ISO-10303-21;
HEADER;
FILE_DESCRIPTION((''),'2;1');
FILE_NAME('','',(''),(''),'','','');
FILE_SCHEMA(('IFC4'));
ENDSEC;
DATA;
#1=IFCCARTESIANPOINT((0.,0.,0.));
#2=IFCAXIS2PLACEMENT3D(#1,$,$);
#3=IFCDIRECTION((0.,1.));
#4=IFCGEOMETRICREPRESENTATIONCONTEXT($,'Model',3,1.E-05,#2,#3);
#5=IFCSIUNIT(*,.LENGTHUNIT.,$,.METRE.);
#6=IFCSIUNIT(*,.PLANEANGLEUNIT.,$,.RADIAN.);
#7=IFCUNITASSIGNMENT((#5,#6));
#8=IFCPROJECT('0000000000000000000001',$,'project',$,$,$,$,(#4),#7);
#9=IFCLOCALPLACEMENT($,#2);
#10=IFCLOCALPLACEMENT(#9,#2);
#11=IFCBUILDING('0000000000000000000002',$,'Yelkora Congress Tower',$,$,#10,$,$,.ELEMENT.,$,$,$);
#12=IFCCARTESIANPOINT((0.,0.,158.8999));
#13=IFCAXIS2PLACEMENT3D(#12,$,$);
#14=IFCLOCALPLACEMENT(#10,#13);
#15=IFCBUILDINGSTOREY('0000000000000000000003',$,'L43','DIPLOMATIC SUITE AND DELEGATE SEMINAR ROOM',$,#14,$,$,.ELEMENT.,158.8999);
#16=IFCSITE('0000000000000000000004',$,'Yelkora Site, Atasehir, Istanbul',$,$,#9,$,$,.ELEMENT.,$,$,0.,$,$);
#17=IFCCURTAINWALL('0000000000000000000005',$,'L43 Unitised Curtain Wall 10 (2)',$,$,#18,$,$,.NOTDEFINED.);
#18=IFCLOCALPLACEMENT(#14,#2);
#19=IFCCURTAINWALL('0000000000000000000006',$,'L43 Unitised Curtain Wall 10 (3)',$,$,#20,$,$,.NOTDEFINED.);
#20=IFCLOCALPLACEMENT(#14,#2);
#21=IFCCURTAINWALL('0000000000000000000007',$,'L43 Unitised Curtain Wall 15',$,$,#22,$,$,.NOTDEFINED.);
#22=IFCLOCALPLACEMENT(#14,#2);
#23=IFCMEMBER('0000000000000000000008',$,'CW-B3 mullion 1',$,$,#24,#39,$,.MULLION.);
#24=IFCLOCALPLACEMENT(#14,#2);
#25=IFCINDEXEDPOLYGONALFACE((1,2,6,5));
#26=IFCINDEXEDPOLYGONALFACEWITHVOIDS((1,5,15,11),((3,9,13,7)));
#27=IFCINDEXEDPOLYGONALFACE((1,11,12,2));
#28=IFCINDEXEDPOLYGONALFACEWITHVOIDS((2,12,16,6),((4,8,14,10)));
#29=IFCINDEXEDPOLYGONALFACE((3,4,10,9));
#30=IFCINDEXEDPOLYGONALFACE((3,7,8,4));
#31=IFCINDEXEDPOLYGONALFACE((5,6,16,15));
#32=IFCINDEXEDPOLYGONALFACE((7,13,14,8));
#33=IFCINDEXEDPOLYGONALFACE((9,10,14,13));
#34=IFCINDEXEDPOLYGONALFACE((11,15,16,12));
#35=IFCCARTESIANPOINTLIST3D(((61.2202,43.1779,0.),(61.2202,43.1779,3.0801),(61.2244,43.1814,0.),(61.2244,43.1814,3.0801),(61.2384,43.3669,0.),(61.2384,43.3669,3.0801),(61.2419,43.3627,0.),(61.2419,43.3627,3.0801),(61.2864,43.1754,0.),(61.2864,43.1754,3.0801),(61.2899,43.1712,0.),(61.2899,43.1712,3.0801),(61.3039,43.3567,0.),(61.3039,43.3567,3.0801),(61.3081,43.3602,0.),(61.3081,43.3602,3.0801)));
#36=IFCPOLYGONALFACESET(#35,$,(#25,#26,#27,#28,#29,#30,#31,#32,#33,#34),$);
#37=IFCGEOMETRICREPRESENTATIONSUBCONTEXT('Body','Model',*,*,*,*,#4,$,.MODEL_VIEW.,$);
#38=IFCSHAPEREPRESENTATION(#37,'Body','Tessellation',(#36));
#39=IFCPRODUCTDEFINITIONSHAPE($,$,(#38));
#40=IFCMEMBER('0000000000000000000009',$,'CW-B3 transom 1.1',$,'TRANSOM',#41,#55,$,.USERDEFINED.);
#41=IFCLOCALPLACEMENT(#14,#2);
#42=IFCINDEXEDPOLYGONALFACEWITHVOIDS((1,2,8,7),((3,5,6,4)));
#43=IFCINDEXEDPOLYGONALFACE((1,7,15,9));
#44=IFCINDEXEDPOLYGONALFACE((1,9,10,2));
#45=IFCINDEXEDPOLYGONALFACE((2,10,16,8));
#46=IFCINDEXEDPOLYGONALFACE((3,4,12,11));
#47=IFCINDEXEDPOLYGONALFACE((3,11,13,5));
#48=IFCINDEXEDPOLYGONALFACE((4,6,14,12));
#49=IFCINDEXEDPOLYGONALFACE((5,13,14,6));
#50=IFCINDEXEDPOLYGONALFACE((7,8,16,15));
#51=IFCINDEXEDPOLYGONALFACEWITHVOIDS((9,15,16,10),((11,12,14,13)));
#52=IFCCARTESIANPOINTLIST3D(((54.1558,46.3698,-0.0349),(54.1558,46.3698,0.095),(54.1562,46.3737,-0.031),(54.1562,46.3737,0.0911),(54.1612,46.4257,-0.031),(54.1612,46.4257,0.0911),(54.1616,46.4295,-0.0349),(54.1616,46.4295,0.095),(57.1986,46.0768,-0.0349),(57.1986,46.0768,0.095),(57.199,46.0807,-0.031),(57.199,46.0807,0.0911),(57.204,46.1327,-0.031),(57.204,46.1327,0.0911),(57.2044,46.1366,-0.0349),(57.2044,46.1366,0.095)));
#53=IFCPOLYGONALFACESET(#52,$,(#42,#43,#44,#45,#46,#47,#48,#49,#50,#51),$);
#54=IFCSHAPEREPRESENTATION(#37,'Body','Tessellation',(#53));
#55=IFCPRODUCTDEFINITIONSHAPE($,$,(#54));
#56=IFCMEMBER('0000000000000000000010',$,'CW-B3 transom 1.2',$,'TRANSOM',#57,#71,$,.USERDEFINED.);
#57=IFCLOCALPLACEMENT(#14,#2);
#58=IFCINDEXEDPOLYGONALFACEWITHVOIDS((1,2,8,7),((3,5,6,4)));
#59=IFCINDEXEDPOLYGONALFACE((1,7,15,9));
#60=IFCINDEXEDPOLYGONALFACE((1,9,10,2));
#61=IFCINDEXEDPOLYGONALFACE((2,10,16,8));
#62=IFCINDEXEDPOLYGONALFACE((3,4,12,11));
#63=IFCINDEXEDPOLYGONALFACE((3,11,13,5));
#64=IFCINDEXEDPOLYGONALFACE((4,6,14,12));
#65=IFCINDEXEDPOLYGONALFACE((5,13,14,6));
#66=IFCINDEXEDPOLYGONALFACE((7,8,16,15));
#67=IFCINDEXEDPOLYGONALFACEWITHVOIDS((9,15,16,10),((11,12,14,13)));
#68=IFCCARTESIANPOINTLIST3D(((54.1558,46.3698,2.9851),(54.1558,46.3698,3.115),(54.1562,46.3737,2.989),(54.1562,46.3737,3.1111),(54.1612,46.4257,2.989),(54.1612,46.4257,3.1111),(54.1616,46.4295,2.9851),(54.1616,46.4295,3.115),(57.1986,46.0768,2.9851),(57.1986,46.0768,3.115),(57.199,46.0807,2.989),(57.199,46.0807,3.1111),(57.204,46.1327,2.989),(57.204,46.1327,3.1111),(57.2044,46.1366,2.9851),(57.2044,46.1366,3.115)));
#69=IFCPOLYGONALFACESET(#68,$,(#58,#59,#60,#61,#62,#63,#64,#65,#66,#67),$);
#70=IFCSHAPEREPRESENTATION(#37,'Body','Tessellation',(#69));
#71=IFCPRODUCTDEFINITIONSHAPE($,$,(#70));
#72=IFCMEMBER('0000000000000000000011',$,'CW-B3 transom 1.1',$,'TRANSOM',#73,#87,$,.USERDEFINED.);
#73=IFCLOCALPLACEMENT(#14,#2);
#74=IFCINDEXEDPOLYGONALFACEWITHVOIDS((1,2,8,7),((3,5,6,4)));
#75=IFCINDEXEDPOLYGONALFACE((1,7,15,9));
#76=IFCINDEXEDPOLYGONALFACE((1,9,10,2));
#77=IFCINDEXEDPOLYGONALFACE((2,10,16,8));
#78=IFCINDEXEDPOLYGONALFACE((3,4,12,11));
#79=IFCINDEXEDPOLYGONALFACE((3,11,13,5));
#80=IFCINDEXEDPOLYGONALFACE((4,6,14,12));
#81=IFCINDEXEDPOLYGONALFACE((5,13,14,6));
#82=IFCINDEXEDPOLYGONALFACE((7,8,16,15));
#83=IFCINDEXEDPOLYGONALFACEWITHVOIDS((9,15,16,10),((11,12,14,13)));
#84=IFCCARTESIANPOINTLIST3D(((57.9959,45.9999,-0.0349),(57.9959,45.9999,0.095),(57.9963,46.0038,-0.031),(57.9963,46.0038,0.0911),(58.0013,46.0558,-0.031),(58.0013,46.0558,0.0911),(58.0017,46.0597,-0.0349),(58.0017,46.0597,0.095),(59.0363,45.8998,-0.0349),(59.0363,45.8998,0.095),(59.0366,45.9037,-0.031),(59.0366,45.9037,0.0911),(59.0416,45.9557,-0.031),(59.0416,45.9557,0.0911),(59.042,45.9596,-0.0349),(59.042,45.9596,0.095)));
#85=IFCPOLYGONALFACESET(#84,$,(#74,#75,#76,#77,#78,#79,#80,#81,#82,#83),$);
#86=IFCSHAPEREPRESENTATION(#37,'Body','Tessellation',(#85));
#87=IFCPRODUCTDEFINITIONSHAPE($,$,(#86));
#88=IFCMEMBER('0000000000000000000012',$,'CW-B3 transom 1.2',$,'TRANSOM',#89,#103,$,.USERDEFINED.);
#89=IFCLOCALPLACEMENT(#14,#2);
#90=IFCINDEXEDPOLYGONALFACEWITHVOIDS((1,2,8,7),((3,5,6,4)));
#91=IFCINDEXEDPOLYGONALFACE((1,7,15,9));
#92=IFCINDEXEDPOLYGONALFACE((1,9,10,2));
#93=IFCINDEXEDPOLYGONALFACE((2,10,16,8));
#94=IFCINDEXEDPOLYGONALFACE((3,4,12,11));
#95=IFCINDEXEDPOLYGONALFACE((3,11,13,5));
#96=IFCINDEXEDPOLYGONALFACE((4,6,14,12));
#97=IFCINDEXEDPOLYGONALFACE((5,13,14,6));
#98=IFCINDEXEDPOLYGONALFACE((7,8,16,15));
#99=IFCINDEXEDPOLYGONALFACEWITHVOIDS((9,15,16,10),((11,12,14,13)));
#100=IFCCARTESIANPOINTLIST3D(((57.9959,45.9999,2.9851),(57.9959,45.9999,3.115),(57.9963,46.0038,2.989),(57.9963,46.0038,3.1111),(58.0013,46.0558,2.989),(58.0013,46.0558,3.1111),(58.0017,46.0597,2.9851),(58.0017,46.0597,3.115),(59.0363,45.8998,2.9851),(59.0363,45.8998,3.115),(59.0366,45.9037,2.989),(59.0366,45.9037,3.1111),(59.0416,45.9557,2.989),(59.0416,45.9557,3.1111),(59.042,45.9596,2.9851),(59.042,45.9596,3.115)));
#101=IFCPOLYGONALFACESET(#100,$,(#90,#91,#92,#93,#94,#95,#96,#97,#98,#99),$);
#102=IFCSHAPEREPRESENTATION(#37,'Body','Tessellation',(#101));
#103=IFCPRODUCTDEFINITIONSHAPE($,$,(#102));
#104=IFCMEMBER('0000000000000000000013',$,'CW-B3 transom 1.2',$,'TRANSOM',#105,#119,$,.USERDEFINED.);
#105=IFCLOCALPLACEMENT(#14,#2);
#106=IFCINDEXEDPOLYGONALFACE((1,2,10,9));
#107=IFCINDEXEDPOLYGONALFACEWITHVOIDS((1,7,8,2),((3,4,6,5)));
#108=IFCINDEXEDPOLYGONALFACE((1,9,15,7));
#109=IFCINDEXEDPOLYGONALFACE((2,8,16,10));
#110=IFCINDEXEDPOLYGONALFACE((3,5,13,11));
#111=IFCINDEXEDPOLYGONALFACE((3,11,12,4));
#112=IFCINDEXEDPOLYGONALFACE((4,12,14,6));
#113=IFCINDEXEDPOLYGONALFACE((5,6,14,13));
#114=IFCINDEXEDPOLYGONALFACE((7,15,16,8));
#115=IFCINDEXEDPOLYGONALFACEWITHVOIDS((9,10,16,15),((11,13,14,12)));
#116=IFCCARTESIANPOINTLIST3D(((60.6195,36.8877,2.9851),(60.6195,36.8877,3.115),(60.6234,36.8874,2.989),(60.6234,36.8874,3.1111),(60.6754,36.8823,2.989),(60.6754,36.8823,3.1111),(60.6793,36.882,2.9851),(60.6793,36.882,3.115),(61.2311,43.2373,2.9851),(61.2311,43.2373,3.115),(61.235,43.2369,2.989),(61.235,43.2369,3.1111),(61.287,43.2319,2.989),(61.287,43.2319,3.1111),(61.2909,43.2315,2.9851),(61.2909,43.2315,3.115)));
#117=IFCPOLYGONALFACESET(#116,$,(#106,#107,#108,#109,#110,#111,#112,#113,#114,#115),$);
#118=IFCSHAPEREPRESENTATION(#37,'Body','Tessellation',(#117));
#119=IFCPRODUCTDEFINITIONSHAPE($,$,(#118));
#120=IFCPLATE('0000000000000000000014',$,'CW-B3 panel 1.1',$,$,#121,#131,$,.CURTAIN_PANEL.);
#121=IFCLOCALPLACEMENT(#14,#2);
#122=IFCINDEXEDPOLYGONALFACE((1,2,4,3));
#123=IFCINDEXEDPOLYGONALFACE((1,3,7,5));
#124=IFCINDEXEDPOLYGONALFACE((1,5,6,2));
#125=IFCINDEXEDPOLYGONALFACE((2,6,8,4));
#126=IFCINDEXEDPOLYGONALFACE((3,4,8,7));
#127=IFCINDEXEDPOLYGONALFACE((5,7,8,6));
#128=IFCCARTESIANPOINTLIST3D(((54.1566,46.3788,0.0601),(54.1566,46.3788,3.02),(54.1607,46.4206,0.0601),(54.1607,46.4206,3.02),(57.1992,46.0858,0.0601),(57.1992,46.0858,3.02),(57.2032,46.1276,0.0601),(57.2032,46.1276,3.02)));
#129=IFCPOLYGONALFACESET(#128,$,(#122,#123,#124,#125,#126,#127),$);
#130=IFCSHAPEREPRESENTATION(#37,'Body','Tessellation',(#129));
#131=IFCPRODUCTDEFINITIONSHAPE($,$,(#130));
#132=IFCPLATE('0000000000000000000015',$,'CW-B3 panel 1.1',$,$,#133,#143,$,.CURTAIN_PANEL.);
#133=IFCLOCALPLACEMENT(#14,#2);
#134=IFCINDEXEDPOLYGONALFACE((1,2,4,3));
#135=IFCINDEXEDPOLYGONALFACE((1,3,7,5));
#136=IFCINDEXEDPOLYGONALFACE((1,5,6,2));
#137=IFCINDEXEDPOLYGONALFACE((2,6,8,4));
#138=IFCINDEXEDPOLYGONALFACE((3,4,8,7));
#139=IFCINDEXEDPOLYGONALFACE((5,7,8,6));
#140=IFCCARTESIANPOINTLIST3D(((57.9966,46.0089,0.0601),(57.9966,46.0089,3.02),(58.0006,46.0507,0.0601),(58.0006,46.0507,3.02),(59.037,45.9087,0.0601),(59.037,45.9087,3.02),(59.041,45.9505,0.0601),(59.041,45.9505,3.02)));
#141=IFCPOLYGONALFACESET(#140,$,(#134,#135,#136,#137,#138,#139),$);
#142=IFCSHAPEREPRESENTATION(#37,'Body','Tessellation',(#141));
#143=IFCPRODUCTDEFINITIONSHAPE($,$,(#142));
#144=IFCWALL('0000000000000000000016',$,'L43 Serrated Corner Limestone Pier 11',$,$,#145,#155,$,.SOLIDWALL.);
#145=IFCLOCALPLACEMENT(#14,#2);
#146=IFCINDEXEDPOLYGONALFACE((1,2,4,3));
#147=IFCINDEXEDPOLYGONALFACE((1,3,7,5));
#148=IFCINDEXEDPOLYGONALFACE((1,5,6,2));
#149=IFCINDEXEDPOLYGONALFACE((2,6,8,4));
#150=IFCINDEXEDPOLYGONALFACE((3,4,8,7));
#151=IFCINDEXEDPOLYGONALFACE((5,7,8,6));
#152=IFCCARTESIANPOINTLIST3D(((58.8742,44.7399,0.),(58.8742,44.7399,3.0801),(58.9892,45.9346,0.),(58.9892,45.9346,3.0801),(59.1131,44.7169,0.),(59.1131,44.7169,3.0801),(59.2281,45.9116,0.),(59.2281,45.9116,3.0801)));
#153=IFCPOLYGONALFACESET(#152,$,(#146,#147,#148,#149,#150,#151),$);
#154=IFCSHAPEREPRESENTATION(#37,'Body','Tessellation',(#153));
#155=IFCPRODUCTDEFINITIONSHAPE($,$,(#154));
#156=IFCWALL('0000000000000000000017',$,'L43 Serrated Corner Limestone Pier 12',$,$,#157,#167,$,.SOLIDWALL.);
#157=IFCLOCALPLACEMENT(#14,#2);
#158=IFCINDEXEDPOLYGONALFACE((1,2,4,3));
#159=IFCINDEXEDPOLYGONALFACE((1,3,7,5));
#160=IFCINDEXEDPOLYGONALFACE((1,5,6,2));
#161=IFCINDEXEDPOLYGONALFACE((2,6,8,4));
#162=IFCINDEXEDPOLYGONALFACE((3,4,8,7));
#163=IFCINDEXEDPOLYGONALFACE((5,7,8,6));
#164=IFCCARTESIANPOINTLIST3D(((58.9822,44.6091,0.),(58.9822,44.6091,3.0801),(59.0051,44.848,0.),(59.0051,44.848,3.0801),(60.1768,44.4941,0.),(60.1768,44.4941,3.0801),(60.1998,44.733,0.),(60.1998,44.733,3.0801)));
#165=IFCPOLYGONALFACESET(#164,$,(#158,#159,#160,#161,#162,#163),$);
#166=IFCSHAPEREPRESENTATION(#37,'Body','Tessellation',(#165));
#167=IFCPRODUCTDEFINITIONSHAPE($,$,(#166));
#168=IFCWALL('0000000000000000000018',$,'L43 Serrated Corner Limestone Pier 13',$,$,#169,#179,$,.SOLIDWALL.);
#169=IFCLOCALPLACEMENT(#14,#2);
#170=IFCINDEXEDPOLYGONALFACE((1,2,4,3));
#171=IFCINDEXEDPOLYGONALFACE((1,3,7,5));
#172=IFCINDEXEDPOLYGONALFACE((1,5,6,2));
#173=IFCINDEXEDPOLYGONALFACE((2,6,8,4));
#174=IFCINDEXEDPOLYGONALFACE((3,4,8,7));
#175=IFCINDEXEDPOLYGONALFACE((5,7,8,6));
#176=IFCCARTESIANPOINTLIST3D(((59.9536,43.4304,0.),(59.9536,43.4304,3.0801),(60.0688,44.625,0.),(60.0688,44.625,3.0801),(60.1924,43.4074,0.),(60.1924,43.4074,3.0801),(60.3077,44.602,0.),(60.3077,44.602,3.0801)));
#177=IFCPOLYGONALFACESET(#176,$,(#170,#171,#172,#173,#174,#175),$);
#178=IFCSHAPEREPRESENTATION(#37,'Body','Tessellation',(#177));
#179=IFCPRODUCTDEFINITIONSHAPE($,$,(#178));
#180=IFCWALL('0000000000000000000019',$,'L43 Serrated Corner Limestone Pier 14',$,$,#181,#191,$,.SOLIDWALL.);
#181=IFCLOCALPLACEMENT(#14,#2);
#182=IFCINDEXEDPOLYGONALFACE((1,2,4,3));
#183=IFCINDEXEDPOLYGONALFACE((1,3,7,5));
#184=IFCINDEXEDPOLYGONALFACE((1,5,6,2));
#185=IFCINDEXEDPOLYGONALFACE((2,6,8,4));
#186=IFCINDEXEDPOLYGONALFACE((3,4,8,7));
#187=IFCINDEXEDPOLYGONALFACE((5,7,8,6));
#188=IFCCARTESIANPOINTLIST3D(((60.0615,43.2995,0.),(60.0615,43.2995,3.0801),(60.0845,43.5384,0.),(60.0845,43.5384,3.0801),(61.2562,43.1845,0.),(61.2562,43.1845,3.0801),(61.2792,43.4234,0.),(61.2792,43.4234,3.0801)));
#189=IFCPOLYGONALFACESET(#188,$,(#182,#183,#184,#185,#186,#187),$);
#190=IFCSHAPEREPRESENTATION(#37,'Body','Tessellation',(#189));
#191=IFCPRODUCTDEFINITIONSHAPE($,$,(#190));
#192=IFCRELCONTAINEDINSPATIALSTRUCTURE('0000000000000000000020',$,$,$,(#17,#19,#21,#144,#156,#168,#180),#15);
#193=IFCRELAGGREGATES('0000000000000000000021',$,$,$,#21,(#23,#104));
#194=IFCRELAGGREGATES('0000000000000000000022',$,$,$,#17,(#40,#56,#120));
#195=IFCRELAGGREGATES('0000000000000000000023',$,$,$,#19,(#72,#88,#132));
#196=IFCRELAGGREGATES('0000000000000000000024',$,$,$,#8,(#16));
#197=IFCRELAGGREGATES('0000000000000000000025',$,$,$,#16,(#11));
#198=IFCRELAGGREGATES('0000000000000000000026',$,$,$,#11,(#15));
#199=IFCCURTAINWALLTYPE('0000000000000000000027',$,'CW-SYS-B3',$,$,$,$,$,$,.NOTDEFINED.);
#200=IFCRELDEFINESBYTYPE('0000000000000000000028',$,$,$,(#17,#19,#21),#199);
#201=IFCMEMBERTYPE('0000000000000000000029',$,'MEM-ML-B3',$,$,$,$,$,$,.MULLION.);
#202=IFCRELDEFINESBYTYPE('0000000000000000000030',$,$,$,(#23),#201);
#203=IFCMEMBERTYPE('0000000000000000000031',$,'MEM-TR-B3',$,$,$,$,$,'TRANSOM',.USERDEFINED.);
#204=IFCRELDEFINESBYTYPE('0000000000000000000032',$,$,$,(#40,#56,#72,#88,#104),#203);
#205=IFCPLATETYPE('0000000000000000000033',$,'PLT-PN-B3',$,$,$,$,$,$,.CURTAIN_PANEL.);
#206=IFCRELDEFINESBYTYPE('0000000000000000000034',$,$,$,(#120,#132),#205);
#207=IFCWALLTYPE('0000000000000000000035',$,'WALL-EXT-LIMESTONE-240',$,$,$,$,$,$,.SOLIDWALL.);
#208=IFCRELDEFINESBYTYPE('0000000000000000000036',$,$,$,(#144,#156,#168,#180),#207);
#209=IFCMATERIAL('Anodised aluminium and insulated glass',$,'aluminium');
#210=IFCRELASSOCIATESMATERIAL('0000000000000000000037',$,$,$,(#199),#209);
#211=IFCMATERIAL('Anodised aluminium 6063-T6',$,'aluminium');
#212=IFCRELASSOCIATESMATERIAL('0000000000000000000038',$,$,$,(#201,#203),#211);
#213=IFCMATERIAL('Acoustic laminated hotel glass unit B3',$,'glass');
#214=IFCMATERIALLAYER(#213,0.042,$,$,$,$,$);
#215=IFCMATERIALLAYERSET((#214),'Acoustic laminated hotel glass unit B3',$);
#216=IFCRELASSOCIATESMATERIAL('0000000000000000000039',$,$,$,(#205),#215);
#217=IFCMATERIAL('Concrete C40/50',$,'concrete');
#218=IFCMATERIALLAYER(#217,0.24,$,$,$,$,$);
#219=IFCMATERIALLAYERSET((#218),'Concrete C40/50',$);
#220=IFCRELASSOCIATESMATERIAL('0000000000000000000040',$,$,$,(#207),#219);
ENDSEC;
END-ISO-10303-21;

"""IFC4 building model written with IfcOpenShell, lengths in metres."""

from ifc_helpers import new_model, si_unit, direction, frame, frame_2d, origin, origin_2d, place, context, subcontext, project, spatial, rectangle, hollow_rectangle, extrude, material, layer, layer_set, material_profile, profile_set, type_object, element, aggregate, save


model = new_model("IFC4")

# Units and contexts
model_context = context("Model", 3, precision=1e-05, world=origin(), true_north=direction((0.0, 1.0)))
body_context = subcontext(model_context, "Body", "Model", "MODEL_VIEW")
ifc_project = project(units=[si_unit("LENGTHUNIT", "METRE"), si_unit("PLANEANGLEUNIT", "RADIAN")], contexts=[model_context])

# Site, building, storey
site_placement = place(None, origin())
site = spatial("IfcSite", under=ifc_project, at=site_placement, Name="Yelkora Site, Atasehir, Istanbul", CompositionType="ELEMENT", RefElevation=0.0)
building_placement = place(site_placement, origin())
building = spatial("IfcBuilding", under=site, at=building_placement, Name="Yelkora Congress Tower", CompositionType="ELEMENT")
storey_placement = place(building_placement, frame((0.0, 0.0, 158.8999)))
storey = spatial("IfcBuildingStorey", under=building, at=storey_placement, Name="L43", Description="DIPLOMATIC SUITE AND DELEGATE SEMINAR ROOM", CompositionType="ELEMENT", Elevation=158.8999)

# Shared definitions
ifc_material_1 = material(Name="Anodised aluminium and insulated glass", Category="aluminium")
curtain_wall_type = type_object("IfcCurtainWallType", Name="CW-SYS-B3", PredefinedType="NOTDEFINED", material=ifc_material_1)
ifc_material_2 = material(Name="Anodised aluminium 6063-T6", Category="aluminium")
ifc_material_profile_1 = material_profile(ifc_material_2, hollow_rectangle(XDim=0.0701, YDim=0.1899, WallThickness=0.0039, at=origin_2d()), Name="ALU 70x190x4")
ifc_profile_set_1 = profile_set([ifc_material_profile_1], Name="Anodised aluminium 6063-T6")
member_type_1 = type_object("IfcMemberType", Name="MEM-ML-B3", PredefinedType="MULLION", material=ifc_profile_set_1)

# Curtain walls
curtain_wall_1_placement = place(storey_placement, origin())
curtain_wall_1 = element("IfcCurtainWall", 1, at=curtain_wall_1_placement, inside=storey, type_object=curtain_wall_type, Name="L43 Unitised Curtain Wall 10 (2)", PredefinedType="NOTDEFINED")
curtain_wall_2_placement = place(storey_placement, origin())
curtain_wall_2 = element("IfcCurtainWall", 2, at=curtain_wall_2_placement, inside=storey, type_object=curtain_wall_type, Name="L43 Unitised Curtain Wall 10 (3)", PredefinedType="NOTDEFINED")

# Curtain wall, member
curtain_wall_3_placement = place(storey_placement, origin())
curtain_wall_3 = element("IfcCurtainWall", 3, at=curtain_wall_3_placement, inside=storey, type_object=curtain_wall_type, Name="L43 Unitised Curtain Wall 15", PredefinedType="NOTDEFINED")
member_1_placement = place(storey_placement, frame((61.2642, 43.269, 0.0), z_axis=(0.0, 0.0, 1.0), x_axis=(0.995397, -0.095842, 0.0)))
member_1 = element("IfcMember", 4, at=member_1_placement, type_object=member_type_1, Name="CW-B3 mullion 1", PredefinedType="MULLION", context=body_context, shape_type="SweptSolid", body=[
    extrude(hollow_rectangle(XDim=0.0701, YDim=0.1899, WallThickness=0.0039, at=origin_2d()), origin(), (0.0, 0.0, 1.0), 3.0801),
])

# Members
ifc_material_profile_2 = material_profile(ifc_material_2, hollow_rectangle(XDim=0.0601, YDim=0.1299, WallThickness=0.0039, at=origin_2d()), Name="ALU 60x130x4")
ifc_profile_set_2 = profile_set([ifc_material_profile_2], Name="Anodised aluminium 6063-T6")
member_type_2 = type_object("IfcMemberType", Name="MEM-TR-B3", ElementType="TRANSOM", PredefinedType="USERDEFINED", material=ifc_profile_set_2)
member_2_placement = place(storey_placement, frame((54.1587, 46.3997, 0.03), z_axis=(0.995397, -0.095842, 0.0), x_axis=(0.095842, 0.995397, 0.0)))
member_2 = element("IfcMember", 5, at=member_2_placement, type_object=member_type_2, Name="CW-B3 transom 1.1", ObjectType="TRANSOM", PredefinedType="USERDEFINED", context=body_context, shape_type="SweptSolid", body=[
    extrude(hollow_rectangle(XDim=0.0601, YDim=0.1299, WallThickness=0.0039, at=origin_2d()), origin(), (0.0, 0.0, 1.0), 3.0569),
])
member_3_placement = place(storey_placement, frame((54.1587, 46.3997, 3.05), z_axis=(0.995397, -0.095842, 0.0), x_axis=(0.095842, 0.995397, 0.0)))
member_3 = element("IfcMember", 6, at=member_3_placement, type_object=member_type_2, Name="CW-B3 transom 1.2", ObjectType="TRANSOM", PredefinedType="USERDEFINED", context=body_context, shape_type="SweptSolid", body=[
    extrude(hollow_rectangle(XDim=0.0601, YDim=0.1299, WallThickness=0.0039, at=origin_2d()), origin(), (0.0, 0.0, 1.0), 3.0569),
])
member_4_placement = place(storey_placement, frame((57.9988, 46.0298, 0.03), z_axis=(0.995403, -0.095779, 0.0), x_axis=(0.095779, 0.995403, 0.0)))
member_4 = element("IfcMember", 7, at=member_4_placement, type_object=member_type_2, Name="CW-B3 transom 1.1", ObjectType="TRANSOM", PredefinedType="USERDEFINED", context=body_context, shape_type="SweptSolid", body=[
    extrude(hollow_rectangle(XDim=0.0601, YDim=0.1299, WallThickness=0.0039, at=origin_2d()), origin(), (0.0, 0.0, 1.0), 1.0452),
])
member_5_placement = place(storey_placement, frame((57.9988, 46.0298, 3.05), z_axis=(0.995403, -0.095779, 0.0), x_axis=(0.095779, 0.995403, 0.0)))
member_5 = element("IfcMember", 8, at=member_5_placement, type_object=member_type_2, Name="CW-B3 transom 1.2", ObjectType="TRANSOM", PredefinedType="USERDEFINED", context=body_context, shape_type="SweptSolid", body=[
    extrude(hollow_rectangle(XDim=0.0601, YDim=0.1299, WallThickness=0.0039, at=origin_2d()), origin(), (0.0, 0.0, 1.0), 1.0452),
])
member_6_placement = place(storey_placement, frame((61.261, 43.2344, 3.05), z_axis=(-0.095873, -0.995394, 0.0), x_axis=(0.995394, -0.095873, 0.0)))
member_6 = element("IfcMember", 9, at=member_6_placement, type_object=member_type_2, Name="CW-B3 transom 1.2", ObjectType="TRANSOM", PredefinedType="USERDEFINED", context=body_context, shape_type="SweptSolid", body=[
    extrude(hollow_rectangle(XDim=0.0601, YDim=0.1299, WallThickness=0.0039, at=origin_2d()), origin(), (0.0, 0.0, 1.0), 6.3789),
])
aggregate(curtain_wall_3, [member_1, member_6])

# Plates
ifc_material_3 = material(Name="Acoustic laminated hotel glass unit B3", Category="glass")
ifc_layer_1 = layer(ifc_material_3, 0.042)
ifc_layer_set_1 = layer_set([ifc_layer_1], Name="Acoustic laminated hotel glass unit B3")
plate_type = type_object("IfcPlateType", Name="PLT-PN-B3", PredefinedType="CURTAIN_PANEL", material=ifc_layer_set_1)
plate_1_placement = place(storey_placement, frame((55.6799, 46.2532, 0.0601), z_axis=(0.0, 0.0, 1.0), x_axis=(0.995396, -0.095848, 0.0)))
plate_1 = element("IfcPlate", 10, at=plate_1_placement, type_object=plate_type, Name="CW-B3 panel 1.1", PredefinedType="CURTAIN_PANEL", context=body_context, shape_type="SweptSolid", body=[
    extrude(rectangle(XDim=3.0566, YDim=0.042, at=origin_2d()), origin(), (0.0, 0.0, 1.0), 2.96),
])
aggregate(curtain_wall_1, [member_2, member_3, plate_1])
plate_2_placement = place(storey_placement, frame((58.5188, 45.9797, 0.0601), z_axis=(0.0, 0.0, 1.0), x_axis=(0.995396, -0.095852, 0.0)))
plate_2 = element("IfcPlate", 11, at=plate_2_placement, type_object=plate_type, Name="CW-B3 panel 1.1", PredefinedType="CURTAIN_PANEL", context=body_context, shape_type="SweptSolid", body=[
    extrude(rectangle(XDim=1.0452, YDim=0.042, at=origin_2d()), origin(), (0.0, 0.0, 1.0), 2.96),
])
aggregate(curtain_wall_2, [member_4, member_5, plate_2])

# Walls
ifc_material_4 = material(Name="Concrete C40/50", Category="concrete")
ifc_layer_2 = layer(ifc_material_4, 0.24)
ifc_layer_set_2 = layer_set([ifc_layer_2], Name="Concrete C40/50")
wall_type = type_object("IfcWallType", Name="WALL-EXT-LIMESTONE-240", PredefinedType="SOLIDWALL", material=ifc_layer_set_2)
for number, where, z_axis, x_axis, name in (
    (12, (59.1086, 45.9231, 0.0), (0.0, 0.0, 1.0), (-0.095817, -0.995399, 0.0), "L43 Serrated Corner Limestone Pier 11"),
    (13, (58.9937, 44.7285, 0.0), (0.0, 0.0, 1.0), (0.995399, -0.095817, 0.0), "L43 Serrated Corner Limestone Pier 12"),
    (14, (60.1882, 44.6135, 0.0), (0.0, 0.0, 1.0), (-0.096019, -0.99538, 0.0), "L43 Serrated Corner Limestone Pier 13"),
    (15, (60.073, 43.4189, 0.0), (0.0, 0.0, 1.0), (0.995399, -0.095817, 0.0), "L43 Serrated Corner Limestone Pier 14"),
):
    element("IfcWall", number, at=place(storey_placement, frame(where, z_axis=z_axis, x_axis=x_axis)), inside=storey, type_object=wall_type, Name=name, PredefinedType="SOLIDWALL", context=body_context, shape_type="SweptSolid", body=[
        extrude(rectangle(XDim=1.2002, YDim=0.24, at=frame_2d((0.6001, 0.0))), origin(), (0.0, 0.0, 1.0), 3.0801),
    ])

save(model, "model.ifc")
